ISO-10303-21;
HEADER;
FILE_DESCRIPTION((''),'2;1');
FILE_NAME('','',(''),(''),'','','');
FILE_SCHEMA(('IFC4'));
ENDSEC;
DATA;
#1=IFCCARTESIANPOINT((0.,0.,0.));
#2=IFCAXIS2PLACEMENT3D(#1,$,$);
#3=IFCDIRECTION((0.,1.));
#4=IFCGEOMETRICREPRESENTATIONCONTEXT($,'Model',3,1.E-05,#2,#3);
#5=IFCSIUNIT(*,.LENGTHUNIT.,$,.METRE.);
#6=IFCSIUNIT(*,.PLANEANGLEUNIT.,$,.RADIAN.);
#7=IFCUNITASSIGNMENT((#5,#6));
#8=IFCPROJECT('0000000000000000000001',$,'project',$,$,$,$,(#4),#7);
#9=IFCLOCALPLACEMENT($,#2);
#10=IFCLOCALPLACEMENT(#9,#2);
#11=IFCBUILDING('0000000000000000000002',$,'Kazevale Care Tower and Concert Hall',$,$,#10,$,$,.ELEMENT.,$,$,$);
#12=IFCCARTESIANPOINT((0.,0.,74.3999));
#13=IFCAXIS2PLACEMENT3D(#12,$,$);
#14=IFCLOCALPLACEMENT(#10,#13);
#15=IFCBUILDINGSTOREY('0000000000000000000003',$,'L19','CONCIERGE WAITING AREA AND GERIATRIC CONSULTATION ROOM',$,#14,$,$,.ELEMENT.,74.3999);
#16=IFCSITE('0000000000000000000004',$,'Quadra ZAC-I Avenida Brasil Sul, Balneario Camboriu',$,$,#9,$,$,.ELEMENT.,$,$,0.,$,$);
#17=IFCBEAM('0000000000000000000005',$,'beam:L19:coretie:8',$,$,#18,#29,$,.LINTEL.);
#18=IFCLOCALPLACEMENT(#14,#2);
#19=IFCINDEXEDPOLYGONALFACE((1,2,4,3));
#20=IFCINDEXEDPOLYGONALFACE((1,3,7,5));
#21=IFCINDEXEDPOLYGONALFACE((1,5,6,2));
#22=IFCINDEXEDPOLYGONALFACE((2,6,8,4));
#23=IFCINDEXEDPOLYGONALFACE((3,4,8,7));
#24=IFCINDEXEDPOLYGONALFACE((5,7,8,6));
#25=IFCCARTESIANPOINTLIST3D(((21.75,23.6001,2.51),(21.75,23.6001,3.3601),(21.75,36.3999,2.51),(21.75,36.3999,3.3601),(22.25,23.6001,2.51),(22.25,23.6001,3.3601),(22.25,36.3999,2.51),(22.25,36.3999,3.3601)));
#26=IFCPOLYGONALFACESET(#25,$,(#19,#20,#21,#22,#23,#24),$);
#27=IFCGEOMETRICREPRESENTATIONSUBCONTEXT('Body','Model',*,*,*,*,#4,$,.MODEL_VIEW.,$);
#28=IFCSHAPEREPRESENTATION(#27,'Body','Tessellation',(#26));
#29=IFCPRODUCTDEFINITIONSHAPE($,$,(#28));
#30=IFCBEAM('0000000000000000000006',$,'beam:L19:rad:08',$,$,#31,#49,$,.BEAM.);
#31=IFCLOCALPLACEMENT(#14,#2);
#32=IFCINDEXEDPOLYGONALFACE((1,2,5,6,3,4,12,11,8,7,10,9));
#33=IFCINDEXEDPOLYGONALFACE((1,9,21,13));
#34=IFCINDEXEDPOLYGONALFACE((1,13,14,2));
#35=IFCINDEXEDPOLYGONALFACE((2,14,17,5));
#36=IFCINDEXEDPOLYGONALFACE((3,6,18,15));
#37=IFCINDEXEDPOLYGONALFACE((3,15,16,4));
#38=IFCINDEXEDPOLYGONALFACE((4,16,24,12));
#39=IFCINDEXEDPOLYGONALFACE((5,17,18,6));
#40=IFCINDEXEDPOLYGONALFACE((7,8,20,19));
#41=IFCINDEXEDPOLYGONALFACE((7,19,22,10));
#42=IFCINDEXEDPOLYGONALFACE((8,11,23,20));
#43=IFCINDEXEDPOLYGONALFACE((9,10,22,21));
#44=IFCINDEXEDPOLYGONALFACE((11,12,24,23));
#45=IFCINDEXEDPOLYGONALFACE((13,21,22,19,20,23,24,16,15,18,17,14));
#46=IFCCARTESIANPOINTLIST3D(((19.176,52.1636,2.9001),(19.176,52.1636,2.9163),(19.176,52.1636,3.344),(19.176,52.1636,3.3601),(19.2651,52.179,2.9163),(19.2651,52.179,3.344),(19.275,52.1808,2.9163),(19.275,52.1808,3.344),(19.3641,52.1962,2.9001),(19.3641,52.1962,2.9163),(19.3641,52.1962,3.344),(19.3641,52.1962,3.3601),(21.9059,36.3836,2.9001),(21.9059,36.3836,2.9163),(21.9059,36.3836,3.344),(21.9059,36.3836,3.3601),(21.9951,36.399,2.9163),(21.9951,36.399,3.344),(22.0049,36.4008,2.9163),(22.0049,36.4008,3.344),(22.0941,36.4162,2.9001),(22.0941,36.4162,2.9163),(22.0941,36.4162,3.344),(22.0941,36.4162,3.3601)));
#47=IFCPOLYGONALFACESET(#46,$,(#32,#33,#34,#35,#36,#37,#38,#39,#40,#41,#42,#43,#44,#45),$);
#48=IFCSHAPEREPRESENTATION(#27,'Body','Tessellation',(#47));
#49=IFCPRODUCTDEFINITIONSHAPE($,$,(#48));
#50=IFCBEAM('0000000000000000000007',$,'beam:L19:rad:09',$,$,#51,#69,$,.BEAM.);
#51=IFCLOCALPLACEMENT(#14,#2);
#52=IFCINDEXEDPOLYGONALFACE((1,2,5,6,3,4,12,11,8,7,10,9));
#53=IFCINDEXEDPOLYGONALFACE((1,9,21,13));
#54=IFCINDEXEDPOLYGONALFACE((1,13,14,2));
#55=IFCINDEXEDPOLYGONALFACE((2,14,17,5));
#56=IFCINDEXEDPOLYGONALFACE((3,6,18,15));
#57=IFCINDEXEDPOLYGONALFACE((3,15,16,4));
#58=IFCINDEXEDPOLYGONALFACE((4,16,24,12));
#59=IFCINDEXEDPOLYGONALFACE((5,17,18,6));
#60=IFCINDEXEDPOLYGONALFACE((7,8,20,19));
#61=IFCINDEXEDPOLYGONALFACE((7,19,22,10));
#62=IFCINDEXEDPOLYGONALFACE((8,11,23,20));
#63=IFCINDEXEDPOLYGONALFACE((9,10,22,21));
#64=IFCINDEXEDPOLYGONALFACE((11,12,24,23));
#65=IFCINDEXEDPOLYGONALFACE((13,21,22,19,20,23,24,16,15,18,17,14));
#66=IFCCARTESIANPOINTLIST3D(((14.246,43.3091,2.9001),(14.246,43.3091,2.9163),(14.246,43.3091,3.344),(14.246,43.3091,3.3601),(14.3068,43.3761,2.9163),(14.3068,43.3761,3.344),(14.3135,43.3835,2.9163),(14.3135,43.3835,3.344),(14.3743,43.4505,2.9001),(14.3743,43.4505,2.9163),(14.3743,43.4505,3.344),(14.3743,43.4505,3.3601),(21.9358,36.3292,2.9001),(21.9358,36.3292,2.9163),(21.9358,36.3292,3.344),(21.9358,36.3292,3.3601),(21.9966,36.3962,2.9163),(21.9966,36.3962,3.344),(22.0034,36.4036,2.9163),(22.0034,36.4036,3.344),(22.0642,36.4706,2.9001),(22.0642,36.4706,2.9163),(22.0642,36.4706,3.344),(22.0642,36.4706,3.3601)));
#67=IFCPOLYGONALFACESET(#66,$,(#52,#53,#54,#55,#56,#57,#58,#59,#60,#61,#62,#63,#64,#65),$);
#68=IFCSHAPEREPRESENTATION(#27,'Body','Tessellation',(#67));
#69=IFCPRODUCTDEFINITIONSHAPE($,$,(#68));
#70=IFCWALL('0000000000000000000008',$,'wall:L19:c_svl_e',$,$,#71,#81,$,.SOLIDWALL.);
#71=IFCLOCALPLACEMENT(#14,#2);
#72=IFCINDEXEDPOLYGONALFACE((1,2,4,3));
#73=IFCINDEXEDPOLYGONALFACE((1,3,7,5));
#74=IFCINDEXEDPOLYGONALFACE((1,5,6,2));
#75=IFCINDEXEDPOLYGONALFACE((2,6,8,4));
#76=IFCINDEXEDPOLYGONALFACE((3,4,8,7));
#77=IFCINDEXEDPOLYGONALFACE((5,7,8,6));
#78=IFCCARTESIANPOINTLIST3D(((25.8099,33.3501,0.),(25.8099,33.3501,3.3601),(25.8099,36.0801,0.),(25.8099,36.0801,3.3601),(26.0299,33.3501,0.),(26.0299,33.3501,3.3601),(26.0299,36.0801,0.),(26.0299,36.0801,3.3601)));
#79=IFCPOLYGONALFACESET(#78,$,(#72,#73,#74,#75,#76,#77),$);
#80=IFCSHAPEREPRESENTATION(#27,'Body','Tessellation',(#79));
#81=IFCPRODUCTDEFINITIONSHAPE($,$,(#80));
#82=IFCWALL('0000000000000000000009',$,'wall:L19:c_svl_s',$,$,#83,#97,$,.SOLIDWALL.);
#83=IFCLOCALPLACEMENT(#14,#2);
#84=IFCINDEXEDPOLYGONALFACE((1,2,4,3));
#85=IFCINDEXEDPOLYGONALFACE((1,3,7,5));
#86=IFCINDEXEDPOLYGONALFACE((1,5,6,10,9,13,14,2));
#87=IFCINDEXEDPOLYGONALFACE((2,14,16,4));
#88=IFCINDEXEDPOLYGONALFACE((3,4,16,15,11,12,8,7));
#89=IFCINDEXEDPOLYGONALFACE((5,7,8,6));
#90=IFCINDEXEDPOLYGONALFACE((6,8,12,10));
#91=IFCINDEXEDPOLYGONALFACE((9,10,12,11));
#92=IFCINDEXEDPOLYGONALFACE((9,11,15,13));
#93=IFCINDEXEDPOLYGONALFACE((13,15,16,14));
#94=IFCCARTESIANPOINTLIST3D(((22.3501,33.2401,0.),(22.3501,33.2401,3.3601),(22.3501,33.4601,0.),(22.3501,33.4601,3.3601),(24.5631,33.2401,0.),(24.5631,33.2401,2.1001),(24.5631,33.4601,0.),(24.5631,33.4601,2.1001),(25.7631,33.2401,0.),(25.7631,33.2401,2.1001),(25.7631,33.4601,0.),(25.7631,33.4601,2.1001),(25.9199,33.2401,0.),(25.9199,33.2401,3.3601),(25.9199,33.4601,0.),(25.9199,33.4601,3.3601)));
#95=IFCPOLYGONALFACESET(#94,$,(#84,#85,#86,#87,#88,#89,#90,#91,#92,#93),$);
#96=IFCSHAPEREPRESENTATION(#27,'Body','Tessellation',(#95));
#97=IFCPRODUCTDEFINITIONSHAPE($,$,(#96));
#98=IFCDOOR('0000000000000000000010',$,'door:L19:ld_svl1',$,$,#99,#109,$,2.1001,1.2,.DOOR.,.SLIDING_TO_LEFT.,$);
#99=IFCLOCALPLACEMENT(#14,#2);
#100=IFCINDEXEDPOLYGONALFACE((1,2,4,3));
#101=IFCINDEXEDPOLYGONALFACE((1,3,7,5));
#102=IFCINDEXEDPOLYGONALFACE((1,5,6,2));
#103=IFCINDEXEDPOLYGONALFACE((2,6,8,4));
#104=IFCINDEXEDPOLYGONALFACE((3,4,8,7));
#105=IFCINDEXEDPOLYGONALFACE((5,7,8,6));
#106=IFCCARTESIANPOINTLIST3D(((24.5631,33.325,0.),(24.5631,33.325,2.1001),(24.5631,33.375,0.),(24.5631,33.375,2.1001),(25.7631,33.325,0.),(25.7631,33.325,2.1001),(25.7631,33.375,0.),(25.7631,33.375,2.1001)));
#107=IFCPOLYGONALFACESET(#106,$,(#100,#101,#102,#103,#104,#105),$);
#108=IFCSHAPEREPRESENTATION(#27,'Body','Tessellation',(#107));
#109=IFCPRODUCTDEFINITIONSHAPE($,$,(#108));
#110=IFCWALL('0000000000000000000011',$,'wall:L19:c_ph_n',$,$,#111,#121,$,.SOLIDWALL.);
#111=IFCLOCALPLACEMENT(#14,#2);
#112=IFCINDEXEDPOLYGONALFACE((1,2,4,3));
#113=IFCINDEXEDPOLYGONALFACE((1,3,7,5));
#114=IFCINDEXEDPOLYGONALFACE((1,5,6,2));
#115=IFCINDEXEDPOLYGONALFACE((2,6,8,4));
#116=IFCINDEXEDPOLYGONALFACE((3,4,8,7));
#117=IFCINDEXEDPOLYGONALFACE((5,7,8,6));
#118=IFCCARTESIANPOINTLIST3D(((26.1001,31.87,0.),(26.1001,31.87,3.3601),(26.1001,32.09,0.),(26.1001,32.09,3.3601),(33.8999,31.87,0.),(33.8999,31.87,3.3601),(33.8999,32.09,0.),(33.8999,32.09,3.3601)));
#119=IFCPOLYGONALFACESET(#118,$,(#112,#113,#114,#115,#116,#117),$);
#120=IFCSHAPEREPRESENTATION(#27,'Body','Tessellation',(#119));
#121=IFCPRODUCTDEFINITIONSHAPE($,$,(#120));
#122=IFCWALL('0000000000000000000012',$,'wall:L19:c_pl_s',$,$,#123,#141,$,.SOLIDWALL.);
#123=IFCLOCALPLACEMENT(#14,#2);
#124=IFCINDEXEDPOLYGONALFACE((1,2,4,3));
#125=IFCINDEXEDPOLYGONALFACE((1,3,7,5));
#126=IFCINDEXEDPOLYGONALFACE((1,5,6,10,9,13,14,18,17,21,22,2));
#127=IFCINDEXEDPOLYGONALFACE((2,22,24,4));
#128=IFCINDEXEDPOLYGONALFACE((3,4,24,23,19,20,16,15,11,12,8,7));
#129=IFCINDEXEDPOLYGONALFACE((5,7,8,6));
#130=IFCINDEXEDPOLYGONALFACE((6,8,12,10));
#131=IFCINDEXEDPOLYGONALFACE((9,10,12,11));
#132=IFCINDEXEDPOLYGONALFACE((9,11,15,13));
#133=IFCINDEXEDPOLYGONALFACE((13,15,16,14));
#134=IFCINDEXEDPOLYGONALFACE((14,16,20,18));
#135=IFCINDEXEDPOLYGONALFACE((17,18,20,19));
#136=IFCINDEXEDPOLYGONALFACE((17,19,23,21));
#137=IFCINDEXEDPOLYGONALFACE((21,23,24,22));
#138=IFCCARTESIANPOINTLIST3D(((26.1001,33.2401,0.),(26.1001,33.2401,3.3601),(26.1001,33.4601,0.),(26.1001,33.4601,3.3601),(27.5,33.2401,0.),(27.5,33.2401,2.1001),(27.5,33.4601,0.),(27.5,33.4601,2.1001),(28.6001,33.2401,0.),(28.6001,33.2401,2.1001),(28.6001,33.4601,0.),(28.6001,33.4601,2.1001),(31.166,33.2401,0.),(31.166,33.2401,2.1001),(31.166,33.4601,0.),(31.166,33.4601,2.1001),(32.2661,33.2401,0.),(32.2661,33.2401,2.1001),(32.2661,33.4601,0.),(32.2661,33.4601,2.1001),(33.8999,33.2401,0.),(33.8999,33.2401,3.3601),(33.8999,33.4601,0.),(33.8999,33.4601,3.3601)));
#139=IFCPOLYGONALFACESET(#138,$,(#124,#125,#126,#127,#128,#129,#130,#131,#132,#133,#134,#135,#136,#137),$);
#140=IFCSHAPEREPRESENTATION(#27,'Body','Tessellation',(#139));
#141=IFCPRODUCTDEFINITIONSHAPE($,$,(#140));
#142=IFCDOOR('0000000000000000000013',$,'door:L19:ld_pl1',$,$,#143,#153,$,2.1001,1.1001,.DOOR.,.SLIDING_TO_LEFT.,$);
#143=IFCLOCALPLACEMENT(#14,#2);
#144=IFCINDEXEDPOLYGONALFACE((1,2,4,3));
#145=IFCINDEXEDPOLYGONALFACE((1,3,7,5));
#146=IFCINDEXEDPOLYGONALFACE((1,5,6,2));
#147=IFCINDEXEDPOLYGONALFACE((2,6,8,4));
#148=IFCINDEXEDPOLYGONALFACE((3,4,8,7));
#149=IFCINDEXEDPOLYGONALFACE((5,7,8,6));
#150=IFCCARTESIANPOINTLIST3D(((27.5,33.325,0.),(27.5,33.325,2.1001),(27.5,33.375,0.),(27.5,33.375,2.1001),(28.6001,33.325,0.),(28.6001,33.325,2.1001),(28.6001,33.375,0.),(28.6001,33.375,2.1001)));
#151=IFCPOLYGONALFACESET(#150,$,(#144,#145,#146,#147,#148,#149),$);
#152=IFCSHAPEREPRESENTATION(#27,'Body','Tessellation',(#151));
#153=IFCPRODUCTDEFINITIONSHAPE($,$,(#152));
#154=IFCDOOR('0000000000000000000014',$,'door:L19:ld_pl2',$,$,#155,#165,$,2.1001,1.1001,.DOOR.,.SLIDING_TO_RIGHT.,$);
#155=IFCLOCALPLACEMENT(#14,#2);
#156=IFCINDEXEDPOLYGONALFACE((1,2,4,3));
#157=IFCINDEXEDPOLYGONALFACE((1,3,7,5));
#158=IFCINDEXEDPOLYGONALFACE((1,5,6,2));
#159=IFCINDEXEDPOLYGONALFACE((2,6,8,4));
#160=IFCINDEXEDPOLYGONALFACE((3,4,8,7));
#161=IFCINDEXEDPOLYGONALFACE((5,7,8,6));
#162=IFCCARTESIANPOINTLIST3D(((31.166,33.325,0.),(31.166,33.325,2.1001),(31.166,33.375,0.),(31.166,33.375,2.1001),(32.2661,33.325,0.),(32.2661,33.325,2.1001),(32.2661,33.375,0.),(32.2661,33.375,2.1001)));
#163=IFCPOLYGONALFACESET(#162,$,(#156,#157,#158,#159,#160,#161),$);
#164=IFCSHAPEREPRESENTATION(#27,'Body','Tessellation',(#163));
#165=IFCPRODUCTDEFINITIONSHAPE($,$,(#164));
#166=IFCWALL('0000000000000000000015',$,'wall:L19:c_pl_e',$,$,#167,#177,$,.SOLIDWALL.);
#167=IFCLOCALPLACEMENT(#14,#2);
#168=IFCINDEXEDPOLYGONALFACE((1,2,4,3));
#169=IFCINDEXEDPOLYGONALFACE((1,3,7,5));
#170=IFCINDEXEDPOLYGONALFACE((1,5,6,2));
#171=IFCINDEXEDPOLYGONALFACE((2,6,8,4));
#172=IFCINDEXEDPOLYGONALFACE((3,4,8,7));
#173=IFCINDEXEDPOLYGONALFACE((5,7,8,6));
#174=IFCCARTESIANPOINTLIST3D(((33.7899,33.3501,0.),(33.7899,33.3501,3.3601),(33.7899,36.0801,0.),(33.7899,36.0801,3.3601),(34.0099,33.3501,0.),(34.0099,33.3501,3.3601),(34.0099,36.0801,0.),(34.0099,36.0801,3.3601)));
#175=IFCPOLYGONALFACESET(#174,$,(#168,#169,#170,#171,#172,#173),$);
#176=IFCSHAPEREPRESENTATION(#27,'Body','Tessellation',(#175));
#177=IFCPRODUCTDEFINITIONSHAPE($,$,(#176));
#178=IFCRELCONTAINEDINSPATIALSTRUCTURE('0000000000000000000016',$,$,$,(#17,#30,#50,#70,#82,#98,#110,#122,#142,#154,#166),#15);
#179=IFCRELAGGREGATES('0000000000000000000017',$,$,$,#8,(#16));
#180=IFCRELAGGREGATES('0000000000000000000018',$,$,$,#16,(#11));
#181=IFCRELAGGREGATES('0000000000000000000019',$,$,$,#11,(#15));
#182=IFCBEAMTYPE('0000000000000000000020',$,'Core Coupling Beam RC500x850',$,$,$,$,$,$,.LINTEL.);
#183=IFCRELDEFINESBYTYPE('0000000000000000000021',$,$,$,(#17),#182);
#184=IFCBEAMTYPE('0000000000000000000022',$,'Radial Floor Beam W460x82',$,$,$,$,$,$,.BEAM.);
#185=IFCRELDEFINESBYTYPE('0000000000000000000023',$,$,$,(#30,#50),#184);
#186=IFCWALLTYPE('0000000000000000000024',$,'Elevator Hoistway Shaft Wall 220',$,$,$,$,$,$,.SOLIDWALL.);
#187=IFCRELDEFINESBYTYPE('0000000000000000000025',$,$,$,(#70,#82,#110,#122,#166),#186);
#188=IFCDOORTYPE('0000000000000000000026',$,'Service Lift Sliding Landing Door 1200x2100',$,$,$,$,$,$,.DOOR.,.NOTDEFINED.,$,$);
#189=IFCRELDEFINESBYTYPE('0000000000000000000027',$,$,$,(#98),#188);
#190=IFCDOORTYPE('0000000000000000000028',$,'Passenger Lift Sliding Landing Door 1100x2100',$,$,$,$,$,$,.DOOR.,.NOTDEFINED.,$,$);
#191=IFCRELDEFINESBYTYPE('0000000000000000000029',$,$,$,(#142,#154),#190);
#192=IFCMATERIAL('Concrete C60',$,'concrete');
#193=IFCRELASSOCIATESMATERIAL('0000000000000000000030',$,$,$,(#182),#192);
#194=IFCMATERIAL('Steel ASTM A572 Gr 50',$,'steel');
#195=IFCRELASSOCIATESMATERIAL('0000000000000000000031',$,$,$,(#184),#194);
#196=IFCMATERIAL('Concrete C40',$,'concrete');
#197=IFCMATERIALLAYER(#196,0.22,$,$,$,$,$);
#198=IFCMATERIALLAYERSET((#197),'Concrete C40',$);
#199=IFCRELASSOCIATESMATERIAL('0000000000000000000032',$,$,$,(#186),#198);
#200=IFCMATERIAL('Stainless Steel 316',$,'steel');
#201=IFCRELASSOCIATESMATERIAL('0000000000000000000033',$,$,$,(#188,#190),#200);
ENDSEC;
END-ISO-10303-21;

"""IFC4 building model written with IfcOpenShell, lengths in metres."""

from ifc_helpers import new_model, si_unit, direction, frame, frame_2d, origin, origin_2d, place, context, subcontext, project, spatial, rectangle, i_section, extrude, material, layer, layer_set, material_profile, profile_set, type_object, element, fill, save


model = new_model("IFC4")

# Units and contexts
model_context = context("Model", 3, precision=1e-05, world=origin(), true_north=direction((0.0, 1.0)))
body_context = subcontext(model_context, "Body", "Model", "MODEL_VIEW")
ifc_project = project(units=[si_unit("LENGTHUNIT", "METRE"), si_unit("PLANEANGLEUNIT", "RADIAN")], contexts=[model_context])

# Site, building, storey
site_placement = place(None, origin())
site = spatial("IfcSite", under=ifc_project, at=site_placement, Name="Quadra ZAC-I Avenida Brasil Sul, Balneario Camboriu", CompositionType="ELEMENT", RefElevation=0.0)
building_placement = place(site_placement, origin())
building = spatial("IfcBuilding", under=site, at=building_placement, Name="Kazevale Care Tower and Concert Hall", CompositionType="ELEMENT")
storey_placement = place(building_placement, frame((0.0, 0.0, 74.3999)))
storey = spatial("IfcBuildingStorey", under=building, at=storey_placement, Name="L19", Description="CONCIERGE WAITING AREA AND GERIATRIC CONSULTATION ROOM", CompositionType="ELEMENT", Elevation=74.3999)

# Beams
ifc_material_1 = material(Name="Concrete C60", Category="concrete")
ifc_material_profile_1 = material_profile(ifc_material_1, rectangle(XDim=0.5, YDim=0.8501, at=origin_2d()), Name="RC-B500x850")
ifc_profile_set_1 = profile_set([ifc_material_profile_1], Name="Concrete C60")
beam_type_1 = type_object("IfcBeamType", Name="Core Coupling Beam RC500x850", PredefinedType="LINTEL", material=ifc_profile_set_1)
beam_1_placement = place(storey_placement, frame((22.0, 36.3999, 2.9351), z_axis=(0.0, -1.0, 0.0), x_axis=(1.0, 0.0, 0.0)))
element("IfcBeam", 1, at=beam_1_placement, inside=storey, type_object=beam_type_1, Name="beam:L19:coretie:8", PredefinedType="LINTEL", context=body_context, shape_type="SweptSolid", body=[
    extrude(rectangle(XDim=0.5, YDim=0.8501, at=origin_2d()), origin(), (0.0, 0.0, 1.0), 12.7998),
])
ifc_material_2 = material(Name="Steel ASTM A572 Gr 50", Category="steel")
ifc_material_profile_2 = material_profile(ifc_material_2, i_section(OverallWidth=0.1909, OverallDepth=0.46, WebThickness=0.01, FlangeThickness=0.0161, at=origin_2d()), Name="W460x82")
ifc_profile_set_2 = profile_set([ifc_material_profile_2], Name="Steel ASTM A572 Gr 50")
beam_type_2 = type_object("IfcBeamType", Name="Radial Floor Beam W460x82", PredefinedType="BEAM", material=ifc_profile_set_2)
beam_2_placement = place(storey_placement, frame((22.0, 36.3999, 3.1301), z_axis=(-0.17047, 0.985363, 0.0), x_axis=(-0.985363, -0.17047, 0.0)))
element("IfcBeam", 2, at=beam_2_placement, inside=storey, type_object=beam_type_2, Name="beam:L19:rad:08", PredefinedType="BEAM", context=body_context, shape_type="SweptSolid", body=[
    extrude(i_section(OverallWidth=0.1909, OverallDepth=0.46, WebThickness=0.01, FlangeThickness=0.0161, at=origin_2d()), origin(), (0.0, 0.0, 1.0), 16.0144),
])
beam_3_placement = place(storey_placement, frame((22.0, 36.3999, 3.1301), z_axis=(-0.740461, 0.672099, 0.0), x_axis=(-0.672099, -0.740461, 0.0)))
element("IfcBeam", 3, at=beam_3_placement, inside=storey, type_object=beam_type_2, Name="beam:L19:rad:09", PredefinedType="BEAM", context=body_context, shape_type="SweptSolid", body=[
    extrude(i_section(OverallWidth=0.1909, OverallDepth=0.46, WebThickness=0.01, FlangeThickness=0.0161, at=origin_2d()), origin(), (0.0, 0.0, 1.0), 10.3853),
])

# Wall
ifc_material_3 = material(Name="Concrete C40", Category="concrete")
ifc_layer_1 = layer(ifc_material_3, 0.22)
ifc_layer_set_1 = layer_set([ifc_layer_1], Name="Concrete C40")
wall_type_1 = type_object("IfcWallType", Name="Elevator Hoistway Shaft Wall 220", PredefinedType="SOLIDWALL", material=ifc_layer_set_1)
wall_1_placement = place(storey_placement, frame((25.9199, 33.3501, 0.0), z_axis=(0.0, 0.0, 1.0), x_axis=(0.0, 1.0, 0.0)))
element("IfcWall", 4, at=wall_1_placement, inside=storey, type_object=wall_type_1, Name="wall:L19:c_svl_e", PredefinedType="SOLIDWALL", context=body_context, shape_type="SweptSolid", body=[
    extrude(rectangle(XDim=2.73, YDim=0.22, at=frame_2d((1.365, 0.0))), origin(), (0.0, 0.0, 1.0), 3.3601),
])

# Wall, opening, door
wall_2_placement = place(storey_placement, frame((22.3501, 33.3501, 0.0), z_axis=(0.0, 0.0, 1.0), x_axis=(1.0, 0.0, 0.0)))
wall_2 = element("IfcWall", 5, at=wall_2_placement, inside=storey, type_object=wall_type_1, Name="wall:L19:c_svl_s", PredefinedType="SOLIDWALL", context=body_context, shape_type="SweptSolid", body=[
    extrude(rectangle(XDim=3.5698, YDim=0.22, at=frame_2d((1.7849, 0.0))), origin(), (0.0, 0.0, 1.0), 3.3601),
])
opening_1_placement = place(wall_2_placement, frame((2.2129, 0.0, 0.0)))
opening_1 = element("IfcOpeningElement", 6, at=opening_1_placement, cuts=wall_2, PredefinedType="OPENING", context=body_context, shape_type="SweptSolid", body=[
    extrude(rectangle(XDim=1.2, YDim=2.1001, at=frame_2d((0.6001, 1.05))), frame((0.0, 0.1199, 0.0), z_axis=(0.0, -1.0, 0.0), x_axis=(1.0, 0.0, 0.0)), (0.0, 0.0, 1.0), 0.24),
])
ifc_material_4 = material(Name="Stainless Steel 316", Category="steel")
door_type_1 = type_object("IfcDoorType", Name="Service Lift Sliding Landing Door 1200x2100", OperationType="NOTDEFINED", PredefinedType="DOOR", material=ifc_material_4)
door_1_placement = place(opening_1_placement, origin())
door_1 = element("IfcDoor", 7, at=door_1_placement, inside=storey, type_object=door_type_1, Name="door:L19:ld_svl1", OperationType="SLIDING_TO_LEFT", OverallHeight=2.1001, OverallWidth=1.2, PredefinedType="DOOR", context=body_context, shape_type="SweptSolid", body=[
    extrude(rectangle(XDim=1.2, YDim=2.1001, at=frame_2d((0.6001, 1.05))), frame((0.0, 0.0249, 0.0), z_axis=(0.0, -1.0, 0.0), x_axis=(1.0, 0.0, 0.0)), (0.0, 0.0, 1.0), 0.05),
])
fill(opening_1, door_1)

# Wall
wall_3_placement = place(storey_placement, frame((26.1001, 31.98, 0.0), z_axis=(0.0, 0.0, 1.0), x_axis=(1.0, 0.0, 0.0)))
element("IfcWall", 8, at=wall_3_placement, inside=storey, type_object=wall_type_1, Name="wall:L19:c_ph_n", PredefinedType="SOLIDWALL", context=body_context, shape_type="SweptSolid", body=[
    extrude(rectangle(XDim=7.7998, YDim=0.22, at=frame_2d((3.8999, 0.0))), origin(), (0.0, 0.0, 1.0), 3.3601),
])

# Wall, openings, doors
wall_4_placement = place(storey_placement, frame((26.1001, 33.3501, 0.0), z_axis=(0.0, 0.0, 1.0), x_axis=(1.0, 0.0, 0.0)))
wall_4 = element("IfcWall", 9, at=wall_4_placement, inside=storey, type_object=wall_type_1, Name="wall:L19:c_pl_s", PredefinedType="SOLIDWALL", context=body_context, shape_type="SweptSolid", body=[
    extrude(rectangle(XDim=7.7998, YDim=0.22, at=frame_2d((3.8999, 0.0))), origin(), (0.0, 0.0, 1.0), 3.3601),
])
opening_2_placement = place(wall_4_placement, frame((1.3999, 0.0, 0.0)))
opening_2 = element("IfcOpeningElement", 10, at=opening_2_placement, cuts=wall_4, PredefinedType="OPENING", context=body_context, shape_type="SweptSolid", body=[
    extrude(rectangle(XDim=1.1001, YDim=2.1001, at=frame_2d((0.55, 1.05))), frame((0.0, 0.1199, 0.0), z_axis=(0.0, -1.0, 0.0), x_axis=(1.0, 0.0, 0.0)), (0.0, 0.0, 1.0), 0.24),
])
opening_3_placement = place(wall_4_placement, frame((5.0659, 0.0, 0.0)))
opening_3 = element("IfcOpeningElement", 11, at=opening_3_placement, cuts=wall_4, PredefinedType="OPENING", context=body_context, shape_type="SweptSolid", body=[
    extrude(rectangle(XDim=1.1001, YDim=2.1001, at=frame_2d((0.55, 1.05))), frame((0.0, 0.1199, 0.0), z_axis=(0.0, -1.0, 0.0), x_axis=(1.0, 0.0, 0.0)), (0.0, 0.0, 1.0), 0.24),
])
door_type_2 = type_object("IfcDoorType", Name="Passenger Lift Sliding Landing Door 1100x2100", OperationType="NOTDEFINED", PredefinedType="DOOR", material=ifc_material_4)
door_2_placement = place(opening_2_placement, origin())
door_2 = element("IfcDoor", 12, at=door_2_placement, inside=storey, type_object=door_type_2, Name="door:L19:ld_pl1", OperationType="SLIDING_TO_LEFT", OverallHeight=2.1001, OverallWidth=1.1001, PredefinedType="DOOR", context=body_context, shape_type="SweptSolid", body=[
    extrude(rectangle(XDim=1.1001, YDim=2.1001, at=frame_2d((0.55, 1.05))), frame((0.0, 0.0249, 0.0), z_axis=(0.0, -1.0, 0.0), x_axis=(1.0, 0.0, 0.0)), (0.0, 0.0, 1.0), 0.05),
])
fill(opening_2, door_2)
door_3_placement = place(opening_3_placement, origin())
door_3 = element("IfcDoor", 13, at=door_3_placement, inside=storey, type_object=door_type_2, Name="door:L19:ld_pl2", OperationType="SLIDING_TO_RIGHT", OverallHeight=2.1001, OverallWidth=1.1001, PredefinedType="DOOR", context=body_context, shape_type="SweptSolid", body=[
    extrude(rectangle(XDim=1.1001, YDim=2.1001, at=frame_2d((0.55, 1.05))), frame((0.0, 0.0249, 0.0), z_axis=(0.0, -1.0, 0.0), x_axis=(1.0, 0.0, 0.0)), (0.0, 0.0, 1.0), 0.05),
])
fill(opening_3, door_3)

# Wall
wall_5_placement = place(storey_placement, frame((33.8999, 33.3501, 0.0), z_axis=(0.0, 0.0, 1.0), x_axis=(0.0, 1.0, 0.0)))
element("IfcWall", 14, at=wall_5_placement, inside=storey, type_object=wall_type_1, Name="wall:L19:c_pl_e", PredefinedType="SOLIDWALL", context=body_context, shape_type="SweptSolid", body=[
    extrude(rectangle(XDim=2.73, YDim=0.22, at=frame_2d((1.365, 0.0))), origin(), (0.0, 0.0, 1.0), 3.3601),
])

save(model, "model.ifc")
